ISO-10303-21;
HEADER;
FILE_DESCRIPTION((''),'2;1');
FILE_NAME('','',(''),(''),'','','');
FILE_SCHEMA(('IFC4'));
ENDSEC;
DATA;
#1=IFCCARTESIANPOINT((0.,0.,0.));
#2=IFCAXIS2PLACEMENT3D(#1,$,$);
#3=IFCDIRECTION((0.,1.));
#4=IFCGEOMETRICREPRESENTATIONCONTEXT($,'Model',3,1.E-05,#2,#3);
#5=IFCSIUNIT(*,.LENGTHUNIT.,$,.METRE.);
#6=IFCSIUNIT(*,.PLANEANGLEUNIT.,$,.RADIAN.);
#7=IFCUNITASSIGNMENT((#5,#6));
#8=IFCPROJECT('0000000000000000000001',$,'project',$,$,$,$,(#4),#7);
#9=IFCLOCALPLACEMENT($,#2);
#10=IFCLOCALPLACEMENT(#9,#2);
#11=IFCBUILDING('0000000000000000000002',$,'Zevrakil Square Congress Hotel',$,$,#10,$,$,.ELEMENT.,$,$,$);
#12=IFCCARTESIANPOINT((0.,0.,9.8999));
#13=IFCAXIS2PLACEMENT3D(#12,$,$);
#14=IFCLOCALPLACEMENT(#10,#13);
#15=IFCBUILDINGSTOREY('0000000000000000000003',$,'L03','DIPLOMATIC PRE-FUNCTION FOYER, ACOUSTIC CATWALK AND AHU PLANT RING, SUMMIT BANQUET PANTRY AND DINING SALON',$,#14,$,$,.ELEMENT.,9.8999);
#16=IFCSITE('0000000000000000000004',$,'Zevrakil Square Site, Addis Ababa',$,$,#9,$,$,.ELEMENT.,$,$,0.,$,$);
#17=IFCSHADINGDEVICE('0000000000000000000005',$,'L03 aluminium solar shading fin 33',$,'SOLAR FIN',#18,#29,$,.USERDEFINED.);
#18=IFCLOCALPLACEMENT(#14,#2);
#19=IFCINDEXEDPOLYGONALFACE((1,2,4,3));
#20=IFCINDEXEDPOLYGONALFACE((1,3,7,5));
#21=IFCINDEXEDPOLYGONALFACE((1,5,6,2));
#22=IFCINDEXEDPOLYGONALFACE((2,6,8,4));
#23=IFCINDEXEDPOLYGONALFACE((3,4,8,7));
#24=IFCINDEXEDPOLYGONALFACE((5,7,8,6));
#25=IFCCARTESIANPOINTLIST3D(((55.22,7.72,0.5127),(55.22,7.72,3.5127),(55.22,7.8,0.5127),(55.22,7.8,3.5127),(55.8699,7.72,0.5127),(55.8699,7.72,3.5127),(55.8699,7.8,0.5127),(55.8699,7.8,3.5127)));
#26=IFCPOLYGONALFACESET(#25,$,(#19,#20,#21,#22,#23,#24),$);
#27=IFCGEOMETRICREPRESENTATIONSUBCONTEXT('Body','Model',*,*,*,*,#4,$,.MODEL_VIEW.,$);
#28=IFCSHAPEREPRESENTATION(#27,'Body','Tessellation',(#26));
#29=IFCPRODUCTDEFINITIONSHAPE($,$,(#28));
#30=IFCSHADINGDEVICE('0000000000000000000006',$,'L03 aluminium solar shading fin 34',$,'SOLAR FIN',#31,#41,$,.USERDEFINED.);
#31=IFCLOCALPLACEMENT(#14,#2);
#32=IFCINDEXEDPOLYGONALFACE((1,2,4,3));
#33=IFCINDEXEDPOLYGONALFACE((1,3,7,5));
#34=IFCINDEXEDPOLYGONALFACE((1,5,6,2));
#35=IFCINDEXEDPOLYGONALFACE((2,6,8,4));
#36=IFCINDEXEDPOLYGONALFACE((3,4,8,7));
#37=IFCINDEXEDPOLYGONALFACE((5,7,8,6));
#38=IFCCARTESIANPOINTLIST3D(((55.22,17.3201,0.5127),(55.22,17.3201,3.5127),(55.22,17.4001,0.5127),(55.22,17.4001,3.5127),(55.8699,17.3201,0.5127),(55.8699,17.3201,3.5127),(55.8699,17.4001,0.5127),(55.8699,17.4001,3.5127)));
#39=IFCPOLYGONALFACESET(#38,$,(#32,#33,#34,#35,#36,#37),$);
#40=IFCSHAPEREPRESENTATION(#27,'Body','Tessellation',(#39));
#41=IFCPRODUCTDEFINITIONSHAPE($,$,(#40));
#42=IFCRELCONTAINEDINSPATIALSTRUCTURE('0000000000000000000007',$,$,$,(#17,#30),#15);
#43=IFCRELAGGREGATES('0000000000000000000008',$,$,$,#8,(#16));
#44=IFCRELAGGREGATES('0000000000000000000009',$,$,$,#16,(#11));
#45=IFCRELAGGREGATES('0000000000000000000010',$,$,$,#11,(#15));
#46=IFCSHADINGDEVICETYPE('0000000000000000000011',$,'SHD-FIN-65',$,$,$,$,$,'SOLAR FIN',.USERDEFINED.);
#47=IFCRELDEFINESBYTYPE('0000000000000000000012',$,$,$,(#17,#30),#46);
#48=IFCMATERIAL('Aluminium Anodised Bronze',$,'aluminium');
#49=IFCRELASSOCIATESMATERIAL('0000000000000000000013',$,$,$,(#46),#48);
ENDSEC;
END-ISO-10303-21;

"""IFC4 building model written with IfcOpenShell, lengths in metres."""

from ifc_helpers import new_model, si_unit, direction, frame, origin, origin_2d, place, context, subcontext, project, spatial, rectangle, extrude, material, type_object, element, save


model = new_model("IFC4")

# Units and contexts
model_context = context("Model", 3, precision=1e-05, world=origin(), true_north=direction((0.0, 1.0)))
body_context = subcontext(model_context, "Body", "Model", "MODEL_VIEW")
ifc_project = project(units=[si_unit("LENGTHUNIT", "METRE"), si_unit("PLANEANGLEUNIT", "RADIAN")], contexts=[model_context])

# Site, building, storey
site_placement = place(None, origin())
site = spatial("IfcSite", under=ifc_project, at=site_placement, Name="Zevrakil Square Site, Addis Ababa", CompositionType="ELEMENT", RefElevation=0.0)
building_placement = place(site_placement, origin())
building = spatial("IfcBuilding", under=site, at=building_placement, Name="Zevrakil Square Congress Hotel", CompositionType="ELEMENT")
storey_placement = place(building_placement, frame((0.0, 0.0, 9.8999)))
storey = spatial("IfcBuildingStorey", under=building, at=storey_placement, Name="L03", Description="DIPLOMATIC PRE-FUNCTION FOYER, ACOUSTIC CATWALK AND AHU PLANT RING, SUMMIT BANQUET PANTRY AND DINING SALON", CompositionType="ELEMENT", Elevation=9.8999)

# Shading devices
ifc_material_1 = material(Name="Aluminium Anodised Bronze", Category="aluminium")
shading_device_type = type_object("IfcShadingDeviceType", Name="SHD-FIN-65", ElementType="SOLAR FIN", PredefinedType="USERDEFINED", material=ifc_material_1)
for number, where, z_axis, x_axis, name in (
    (1, (55.5449, 7.76, 0.5127), (0.0, 0.0, 1.0), (1.0, 0.0, 0.0), "L03 aluminium solar shading fin 33"),
    (2, (55.5449, 17.3601, 0.5127), (0.0, 0.0, 1.0), (1.0, 0.0, 0.0), "L03 aluminium solar shading fin 34"),
):
    element("IfcShadingDevice", number, at=place(storey_placement, frame(where, z_axis=z_axis, x_axis=x_axis)), inside=storey, type_object=shading_device_type, Name=name, ObjectType="SOLAR FIN", PredefinedType="USERDEFINED", context=body_context, shape_type="SweptSolid", body=[
        extrude(rectangle(XDim=0.6499, YDim=0.0801, at=origin_2d()), origin(), (0.0, 0.0, 1.0), 3.0),
    ])

save(model, "model.ifc")
